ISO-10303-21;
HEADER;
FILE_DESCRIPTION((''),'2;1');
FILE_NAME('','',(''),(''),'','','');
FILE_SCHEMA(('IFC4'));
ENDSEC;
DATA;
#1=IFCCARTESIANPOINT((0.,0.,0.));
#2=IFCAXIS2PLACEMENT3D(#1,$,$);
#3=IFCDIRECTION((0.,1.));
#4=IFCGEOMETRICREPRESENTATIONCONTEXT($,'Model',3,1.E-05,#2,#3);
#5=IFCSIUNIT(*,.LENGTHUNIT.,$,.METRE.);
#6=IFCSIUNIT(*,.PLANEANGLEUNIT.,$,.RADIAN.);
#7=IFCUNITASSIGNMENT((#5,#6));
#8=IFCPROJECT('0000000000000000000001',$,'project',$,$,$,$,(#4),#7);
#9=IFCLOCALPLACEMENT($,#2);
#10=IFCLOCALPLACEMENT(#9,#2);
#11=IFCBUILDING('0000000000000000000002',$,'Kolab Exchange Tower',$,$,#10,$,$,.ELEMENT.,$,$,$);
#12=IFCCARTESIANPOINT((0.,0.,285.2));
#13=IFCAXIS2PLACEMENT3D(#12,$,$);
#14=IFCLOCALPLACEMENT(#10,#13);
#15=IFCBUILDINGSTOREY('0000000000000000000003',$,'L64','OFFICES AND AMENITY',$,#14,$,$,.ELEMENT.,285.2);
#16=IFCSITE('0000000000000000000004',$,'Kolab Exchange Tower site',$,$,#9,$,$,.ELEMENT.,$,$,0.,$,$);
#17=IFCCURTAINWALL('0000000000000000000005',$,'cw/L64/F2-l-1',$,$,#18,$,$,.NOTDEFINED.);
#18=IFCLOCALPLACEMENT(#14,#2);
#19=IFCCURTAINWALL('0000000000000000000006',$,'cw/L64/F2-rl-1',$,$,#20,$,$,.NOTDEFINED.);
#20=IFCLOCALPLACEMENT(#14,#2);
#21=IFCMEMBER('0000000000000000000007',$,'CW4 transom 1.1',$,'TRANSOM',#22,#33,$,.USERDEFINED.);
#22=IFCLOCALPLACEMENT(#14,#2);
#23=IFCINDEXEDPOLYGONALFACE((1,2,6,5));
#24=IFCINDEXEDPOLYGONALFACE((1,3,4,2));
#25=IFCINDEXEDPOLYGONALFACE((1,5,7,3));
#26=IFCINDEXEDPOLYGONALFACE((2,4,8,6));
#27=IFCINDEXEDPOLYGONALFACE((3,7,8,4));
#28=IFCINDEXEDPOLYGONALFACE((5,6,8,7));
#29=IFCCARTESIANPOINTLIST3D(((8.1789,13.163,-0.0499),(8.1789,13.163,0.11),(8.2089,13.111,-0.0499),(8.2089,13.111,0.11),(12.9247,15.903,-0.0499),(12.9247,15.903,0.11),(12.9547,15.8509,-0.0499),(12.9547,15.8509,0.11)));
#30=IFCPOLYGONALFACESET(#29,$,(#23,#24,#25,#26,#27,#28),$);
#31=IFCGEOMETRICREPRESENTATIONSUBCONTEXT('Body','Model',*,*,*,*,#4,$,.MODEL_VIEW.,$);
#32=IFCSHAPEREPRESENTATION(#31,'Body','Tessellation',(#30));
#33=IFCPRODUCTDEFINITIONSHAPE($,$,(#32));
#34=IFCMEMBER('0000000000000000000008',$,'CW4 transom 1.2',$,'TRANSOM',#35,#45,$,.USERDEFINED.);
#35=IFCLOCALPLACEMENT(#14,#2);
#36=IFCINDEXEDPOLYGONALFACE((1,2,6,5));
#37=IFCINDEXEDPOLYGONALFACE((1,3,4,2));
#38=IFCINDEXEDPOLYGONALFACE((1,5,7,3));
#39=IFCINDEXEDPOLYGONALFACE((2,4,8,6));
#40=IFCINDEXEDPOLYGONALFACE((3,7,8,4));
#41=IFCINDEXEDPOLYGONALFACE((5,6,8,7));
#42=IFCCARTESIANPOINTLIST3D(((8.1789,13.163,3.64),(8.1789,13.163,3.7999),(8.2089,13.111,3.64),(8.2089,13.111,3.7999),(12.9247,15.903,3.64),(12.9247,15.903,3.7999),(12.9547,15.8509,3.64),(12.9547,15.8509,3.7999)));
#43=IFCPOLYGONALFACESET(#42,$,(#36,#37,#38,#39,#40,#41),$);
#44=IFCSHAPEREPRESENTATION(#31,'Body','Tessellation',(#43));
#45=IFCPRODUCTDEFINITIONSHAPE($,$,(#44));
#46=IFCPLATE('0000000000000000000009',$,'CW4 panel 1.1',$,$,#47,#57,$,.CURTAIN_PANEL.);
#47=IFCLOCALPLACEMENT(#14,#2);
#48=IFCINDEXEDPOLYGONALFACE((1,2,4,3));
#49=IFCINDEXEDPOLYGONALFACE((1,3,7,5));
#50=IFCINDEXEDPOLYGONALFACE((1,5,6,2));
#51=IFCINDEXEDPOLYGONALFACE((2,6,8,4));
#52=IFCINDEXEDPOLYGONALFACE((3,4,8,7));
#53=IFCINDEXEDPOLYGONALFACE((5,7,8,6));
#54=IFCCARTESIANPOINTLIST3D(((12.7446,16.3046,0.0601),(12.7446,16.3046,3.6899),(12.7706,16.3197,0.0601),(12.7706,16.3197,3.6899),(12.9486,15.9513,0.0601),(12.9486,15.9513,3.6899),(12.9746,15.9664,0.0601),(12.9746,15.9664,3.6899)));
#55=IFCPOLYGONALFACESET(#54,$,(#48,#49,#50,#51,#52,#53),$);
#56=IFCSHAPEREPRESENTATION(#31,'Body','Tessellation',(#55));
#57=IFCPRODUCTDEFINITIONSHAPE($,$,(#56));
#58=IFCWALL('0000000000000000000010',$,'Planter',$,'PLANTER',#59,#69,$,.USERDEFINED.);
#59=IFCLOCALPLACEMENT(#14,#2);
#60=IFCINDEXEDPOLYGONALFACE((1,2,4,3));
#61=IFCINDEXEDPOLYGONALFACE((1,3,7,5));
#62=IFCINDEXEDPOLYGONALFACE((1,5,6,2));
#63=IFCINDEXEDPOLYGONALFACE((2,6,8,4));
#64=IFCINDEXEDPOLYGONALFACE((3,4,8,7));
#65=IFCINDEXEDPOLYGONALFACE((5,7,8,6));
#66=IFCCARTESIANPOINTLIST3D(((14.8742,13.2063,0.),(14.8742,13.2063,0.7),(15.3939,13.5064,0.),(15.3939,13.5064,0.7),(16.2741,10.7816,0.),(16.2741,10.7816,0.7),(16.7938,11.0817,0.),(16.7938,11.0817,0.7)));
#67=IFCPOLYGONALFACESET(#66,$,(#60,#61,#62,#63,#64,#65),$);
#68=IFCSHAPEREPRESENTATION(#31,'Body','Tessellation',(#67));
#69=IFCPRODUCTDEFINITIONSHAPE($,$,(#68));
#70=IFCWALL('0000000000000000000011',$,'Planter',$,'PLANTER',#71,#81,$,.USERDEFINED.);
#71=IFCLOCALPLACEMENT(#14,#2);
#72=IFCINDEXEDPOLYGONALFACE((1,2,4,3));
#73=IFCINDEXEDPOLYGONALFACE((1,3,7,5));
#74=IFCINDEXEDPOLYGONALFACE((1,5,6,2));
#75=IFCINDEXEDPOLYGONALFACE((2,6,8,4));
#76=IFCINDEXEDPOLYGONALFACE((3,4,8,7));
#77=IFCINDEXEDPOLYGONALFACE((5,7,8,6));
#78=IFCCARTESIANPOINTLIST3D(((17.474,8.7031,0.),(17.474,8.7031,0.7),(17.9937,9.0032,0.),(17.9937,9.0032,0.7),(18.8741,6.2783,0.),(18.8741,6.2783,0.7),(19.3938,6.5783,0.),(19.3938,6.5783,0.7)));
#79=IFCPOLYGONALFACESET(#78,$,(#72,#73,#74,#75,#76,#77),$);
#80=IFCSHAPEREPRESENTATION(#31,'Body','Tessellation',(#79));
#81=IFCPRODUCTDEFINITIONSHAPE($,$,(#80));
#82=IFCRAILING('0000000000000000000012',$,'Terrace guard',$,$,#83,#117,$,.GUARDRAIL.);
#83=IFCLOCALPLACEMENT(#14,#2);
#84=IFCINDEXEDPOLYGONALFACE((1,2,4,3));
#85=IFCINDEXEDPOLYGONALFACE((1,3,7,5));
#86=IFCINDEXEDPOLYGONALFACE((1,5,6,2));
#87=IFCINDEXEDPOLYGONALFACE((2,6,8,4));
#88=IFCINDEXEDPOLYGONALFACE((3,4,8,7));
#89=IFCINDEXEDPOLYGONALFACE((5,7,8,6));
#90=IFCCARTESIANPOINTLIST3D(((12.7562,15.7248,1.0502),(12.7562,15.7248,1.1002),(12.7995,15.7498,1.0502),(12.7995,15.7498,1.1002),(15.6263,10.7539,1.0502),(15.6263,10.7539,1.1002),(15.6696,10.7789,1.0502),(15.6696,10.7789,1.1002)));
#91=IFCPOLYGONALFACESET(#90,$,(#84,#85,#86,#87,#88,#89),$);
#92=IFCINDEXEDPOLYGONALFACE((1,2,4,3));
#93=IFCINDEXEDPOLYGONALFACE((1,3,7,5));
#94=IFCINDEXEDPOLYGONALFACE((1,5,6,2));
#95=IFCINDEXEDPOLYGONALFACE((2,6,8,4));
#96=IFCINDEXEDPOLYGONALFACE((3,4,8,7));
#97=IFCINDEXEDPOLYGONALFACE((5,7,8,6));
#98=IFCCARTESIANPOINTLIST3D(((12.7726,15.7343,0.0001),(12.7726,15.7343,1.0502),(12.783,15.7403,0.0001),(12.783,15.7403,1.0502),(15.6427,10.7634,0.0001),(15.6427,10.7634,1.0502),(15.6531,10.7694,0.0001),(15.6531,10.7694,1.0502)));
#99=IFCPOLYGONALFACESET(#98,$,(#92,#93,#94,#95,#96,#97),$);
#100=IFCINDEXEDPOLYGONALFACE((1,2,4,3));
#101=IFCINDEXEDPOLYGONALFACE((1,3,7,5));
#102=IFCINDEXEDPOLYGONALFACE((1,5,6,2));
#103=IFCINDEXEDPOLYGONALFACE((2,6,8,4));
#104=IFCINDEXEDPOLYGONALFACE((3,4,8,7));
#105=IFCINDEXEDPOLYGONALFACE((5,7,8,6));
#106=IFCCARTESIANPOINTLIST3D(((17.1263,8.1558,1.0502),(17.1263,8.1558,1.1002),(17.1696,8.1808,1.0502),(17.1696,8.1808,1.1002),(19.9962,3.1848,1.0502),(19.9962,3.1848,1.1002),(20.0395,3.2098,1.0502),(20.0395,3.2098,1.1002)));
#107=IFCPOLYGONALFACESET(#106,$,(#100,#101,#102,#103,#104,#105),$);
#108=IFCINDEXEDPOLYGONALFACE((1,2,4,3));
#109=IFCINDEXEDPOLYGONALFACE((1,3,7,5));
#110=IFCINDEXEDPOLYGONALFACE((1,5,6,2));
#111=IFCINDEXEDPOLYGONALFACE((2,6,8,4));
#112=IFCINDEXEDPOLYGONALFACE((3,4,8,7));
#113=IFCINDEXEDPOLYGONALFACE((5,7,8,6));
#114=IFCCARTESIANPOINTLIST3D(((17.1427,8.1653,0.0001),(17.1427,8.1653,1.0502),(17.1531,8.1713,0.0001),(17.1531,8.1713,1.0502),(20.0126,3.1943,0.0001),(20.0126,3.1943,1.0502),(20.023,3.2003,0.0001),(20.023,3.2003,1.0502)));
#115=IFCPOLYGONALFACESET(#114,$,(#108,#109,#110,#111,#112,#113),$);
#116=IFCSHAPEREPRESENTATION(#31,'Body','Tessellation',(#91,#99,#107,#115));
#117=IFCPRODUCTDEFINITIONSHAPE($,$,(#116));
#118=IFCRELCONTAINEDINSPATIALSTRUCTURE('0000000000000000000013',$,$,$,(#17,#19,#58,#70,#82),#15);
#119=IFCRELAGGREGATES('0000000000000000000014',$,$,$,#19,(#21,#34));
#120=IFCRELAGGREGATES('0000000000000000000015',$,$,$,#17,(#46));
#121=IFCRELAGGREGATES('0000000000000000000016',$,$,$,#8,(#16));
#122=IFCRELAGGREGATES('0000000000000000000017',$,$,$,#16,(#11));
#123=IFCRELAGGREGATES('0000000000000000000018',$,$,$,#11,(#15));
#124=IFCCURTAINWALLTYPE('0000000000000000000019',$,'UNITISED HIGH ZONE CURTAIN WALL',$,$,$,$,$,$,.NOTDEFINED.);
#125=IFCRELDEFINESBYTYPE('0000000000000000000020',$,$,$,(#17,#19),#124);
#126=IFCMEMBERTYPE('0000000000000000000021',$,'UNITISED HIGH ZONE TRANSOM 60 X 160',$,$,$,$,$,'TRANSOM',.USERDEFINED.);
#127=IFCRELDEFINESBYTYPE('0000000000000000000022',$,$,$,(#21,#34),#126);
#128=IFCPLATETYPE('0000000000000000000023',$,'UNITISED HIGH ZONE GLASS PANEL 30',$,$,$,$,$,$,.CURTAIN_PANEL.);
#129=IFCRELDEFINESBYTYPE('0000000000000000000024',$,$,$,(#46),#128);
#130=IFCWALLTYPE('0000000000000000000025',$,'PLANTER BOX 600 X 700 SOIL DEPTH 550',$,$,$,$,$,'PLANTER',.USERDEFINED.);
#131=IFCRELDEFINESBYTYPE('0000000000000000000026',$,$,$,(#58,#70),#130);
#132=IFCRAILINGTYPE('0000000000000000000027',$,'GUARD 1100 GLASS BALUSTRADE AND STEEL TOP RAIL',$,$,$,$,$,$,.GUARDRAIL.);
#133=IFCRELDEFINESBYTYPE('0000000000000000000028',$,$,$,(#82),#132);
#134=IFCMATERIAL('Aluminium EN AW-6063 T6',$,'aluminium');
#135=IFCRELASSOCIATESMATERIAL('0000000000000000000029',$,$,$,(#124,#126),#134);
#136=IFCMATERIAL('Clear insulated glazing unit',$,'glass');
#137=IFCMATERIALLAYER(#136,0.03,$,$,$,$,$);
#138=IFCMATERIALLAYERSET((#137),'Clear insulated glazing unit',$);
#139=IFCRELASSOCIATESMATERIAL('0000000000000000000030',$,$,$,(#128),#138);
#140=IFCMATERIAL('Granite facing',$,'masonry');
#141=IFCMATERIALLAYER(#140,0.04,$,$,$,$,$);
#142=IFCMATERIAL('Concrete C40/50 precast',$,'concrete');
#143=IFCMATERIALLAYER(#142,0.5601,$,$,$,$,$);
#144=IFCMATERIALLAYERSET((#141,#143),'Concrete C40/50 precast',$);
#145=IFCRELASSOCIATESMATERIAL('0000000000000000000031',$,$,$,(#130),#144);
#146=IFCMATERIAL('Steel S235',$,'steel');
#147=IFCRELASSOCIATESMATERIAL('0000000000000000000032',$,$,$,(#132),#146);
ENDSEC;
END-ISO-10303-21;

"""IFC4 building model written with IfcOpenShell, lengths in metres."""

from ifc_helpers import new_model, si_unit, direction, frame, frame_2d, origin, origin_2d, place, context, subcontext, project, spatial, rectangle, extrude, material, layer, layer_set, material_profile, profile_set, type_object, element, aggregate, save


model = new_model("IFC4")

# Units and contexts
model_context = context("Model", 3, precision=1e-05, world=origin(), true_north=direction((0.0, 1.0)))
body_context = subcontext(model_context, "Body", "Model", "MODEL_VIEW")
ifc_project = project(units=[si_unit("LENGTHUNIT", "METRE"), si_unit("PLANEANGLEUNIT", "RADIAN")], contexts=[model_context])

# Site, building, storey
site_placement = place(None, origin())
site = spatial("IfcSite", under=ifc_project, at=site_placement, Name="Kolab Exchange Tower site", CompositionType="ELEMENT", RefElevation=0.0)
building_placement = place(site_placement, origin())
building = spatial("IfcBuilding", under=site, at=building_placement, Name="Kolab Exchange Tower", CompositionType="ELEMENT")
storey_placement = place(building_placement, frame((0.0, 0.0, 285.2)))
storey = spatial("IfcBuildingStorey", under=building, at=storey_placement, Name="L64", Description="OFFICES AND AMENITY", CompositionType="ELEMENT", Elevation=285.2)

# Curtain wall
ifc_material_1 = material(Name="Aluminium EN AW-6063 T6", Category="aluminium")
curtain_wall_type = type_object("IfcCurtainWallType", Name="UNITISED HIGH ZONE CURTAIN WALL", PredefinedType="NOTDEFINED", material=ifc_material_1)
curtain_wall_1_placement = place(storey_placement, origin())
curtain_wall_1 = element("IfcCurtainWall", 1, at=curtain_wall_1_placement, inside=storey, type_object=curtain_wall_type, Name="cw/L64/F2-l-1", PredefinedType="NOTDEFINED")

# Curtain wall
curtain_wall_2_placement = place(storey_placement, origin())
curtain_wall_2 = element("IfcCurtainWall", 2, at=curtain_wall_2_placement, inside=storey, type_object=curtain_wall_type, Name="cw/L64/F2-rl-1", PredefinedType="NOTDEFINED")

# Members
ifc_material_profile_1 = material_profile(ifc_material_1, rectangle(XDim=0.0601, YDim=0.1599, at=origin_2d()), Name="RECT 60X160")
ifc_profile_set_1 = profile_set([ifc_material_profile_1], Name="Aluminium EN AW-6063 T6")
member_type_1 = type_object("IfcMemberType", Name="UNITISED HIGH ZONE TRANSOM 60 X 160", ElementType="TRANSOM", PredefinedType="USERDEFINED", material=ifc_profile_set_1)
member_1_placement = place(storey_placement, frame((12.9397, 15.877, 0.03), z_axis=(-0.866028, -0.499996, 0.0), x_axis=(0.499996, -0.866028, 0.0)))
member_1 = element("IfcMember", 3, at=member_1_placement, type_object=member_type_1, Name="CW4 transom 1.1", ObjectType="TRANSOM", PredefinedType="USERDEFINED", context=body_context, shape_type="SweptSolid", body=[
    extrude(rectangle(XDim=0.0601, YDim=0.1599, at=origin_2d()), origin(), (0.0, 0.0, 1.0), 5.48),
])
member_2_placement = place(storey_placement, frame((12.9397, 15.877, 3.72), z_axis=(-0.866028, -0.499996, 0.0), x_axis=(0.499996, -0.866028, 0.0)))
member_2 = element("IfcMember", 4, at=member_2_placement, type_object=member_type_1, Name="CW4 transom 1.2", ObjectType="TRANSOM", PredefinedType="USERDEFINED", context=body_context, shape_type="SweptSolid", body=[
    extrude(rectangle(XDim=0.0601, YDim=0.1599, at=origin_2d()), origin(), (0.0, 0.0, 1.0), 5.48),
])
aggregate(curtain_wall_2, [member_1, member_2])

# Plate
ifc_material_2 = material(Name="Clear insulated glazing unit", Category="glass")
ifc_layer_1 = layer(ifc_material_2, 0.03)
ifc_layer_set_1 = layer_set([ifc_layer_1], Name="Clear insulated glazing unit")
plate_type = type_object("IfcPlateType", Name="UNITISED HIGH ZONE GLASS PANEL 30", PredefinedType="CURTAIN_PANEL", material=ifc_layer_set_1)
plate_placement = place(storey_placement, frame((12.8596, 16.1355, 0.0601), z_axis=(0.0, 0.0, 1.0), x_axis=(0.5, -0.866025, 0.0)))
plate = element("IfcPlate", 5, at=plate_placement, type_object=plate_type, Name="CW4 panel 1.1", PredefinedType="CURTAIN_PANEL", context=body_context, shape_type="SweptSolid", body=[
    extrude(rectangle(XDim=0.408, YDim=0.03, at=origin_2d()), origin(), (0.0, 0.0, 1.0), 3.6299),
])
aggregate(curtain_wall_1, [plate])

# Walls
ifc_material_3 = material(Name="Granite facing", Category="masonry")
ifc_layer_2 = layer(ifc_material_3, 0.04)
ifc_material_4 = material(Name="Concrete C40/50 precast", Category="concrete")
ifc_layer_3 = layer(ifc_material_4, 0.5601)
ifc_layer_set_2 = layer_set([ifc_layer_2, ifc_layer_3], Name="Concrete C40/50 precast")
wall_type = type_object("IfcWallType", Name="PLANTER BOX 600 X 700 SOIL DEPTH 550", ElementType="PLANTER", PredefinedType="USERDEFINED", material=ifc_layer_set_2)
wall_1_placement = place(storey_placement, frame((16.5339, 10.9316, 0.0), z_axis=(0.0, 0.0, 1.0), x_axis=(-0.499984, 0.866035, 0.0)))
element("IfcWall", 6, at=wall_1_placement, inside=storey, type_object=wall_type, Name="Planter", ObjectType="PLANTER", PredefinedType="USERDEFINED", context=body_context, shape_type="SweptSolid", body=[
    extrude(rectangle(XDim=2.7998, YDim=0.6001, at=frame_2d((1.3999, 0.0))), origin(), (0.0, 0.0, 1.0), 0.7),
])
wall_2_placement = place(storey_placement, frame((17.7339, 8.853, 0.0), z_axis=(0.0, 0.0, 1.0), x_axis=(0.50005, -0.865997, 0.0)))
element("IfcWall", 7, at=wall_2_placement, inside=storey, type_object=wall_type, Name="Planter", ObjectType="PLANTER", PredefinedType="USERDEFINED", context=body_context, shape_type="SweptSolid", body=[
    extrude(rectangle(XDim=2.8, YDim=0.6001, at=frame_2d((1.3999, 0.0))), origin(), (0.0, 0.0, 1.0), 0.7),
])

# Railing
ifc_material_5 = material(Name="Steel S235", Category="steel")
railing_type = type_object("IfcRailingType", Name="GUARD 1100 GLASS BALUSTRADE AND STEEL TOP RAIL", PredefinedType="GUARDRAIL", material=ifc_material_5)
railing_placement = place(storey_placement, frame((12.7778, 15.7373, 0.0)))
element("IfcRailing", 8, at=railing_placement, inside=storey, type_object=railing_type, Name="Terrace guard", PredefinedType="GUARDRAIL", context=body_context, shape_type="SweptSolid", body=[
    extrude(rectangle(XDim=0.05, YDim=0.05, at=origin_2d()), frame((0.0, 0.0, 1.0752), z_axis=(0.500018, -0.866015, 0.0), x_axis=(0.866015, 0.500018, 0.0)), (0.0, 0.0, 1.0), 5.74),
    extrude(rectangle(XDim=0.012, YDim=1.0501, at=frame_2d((0.0, 0.5251))), frame((0.0, 0.0, 0.0), z_axis=(0.500018, -0.866015, 0.0), x_axis=(0.866015, 0.500018, 0.0)), (0.0, 0.0, 1.0), 5.74),
    extrude(rectangle(XDim=0.05, YDim=0.05, at=origin_2d()), frame((7.24, -12.54, 1.0752), z_axis=(-0.499986, 0.866033, 0.0), x_axis=(-0.866033, -0.499986, 0.0)), (0.0, 0.0, 1.0), 5.74),
    extrude(rectangle(XDim=0.012, YDim=1.0501, at=frame_2d((0.0, 0.5251))), frame((7.24, -12.54, 0.0), z_axis=(-0.499986, 0.866033, 0.0), x_axis=(-0.866033, -0.499986, 0.0)), (0.0, 0.0, 1.0), 5.74),
])

save(model, "model.ifc")
